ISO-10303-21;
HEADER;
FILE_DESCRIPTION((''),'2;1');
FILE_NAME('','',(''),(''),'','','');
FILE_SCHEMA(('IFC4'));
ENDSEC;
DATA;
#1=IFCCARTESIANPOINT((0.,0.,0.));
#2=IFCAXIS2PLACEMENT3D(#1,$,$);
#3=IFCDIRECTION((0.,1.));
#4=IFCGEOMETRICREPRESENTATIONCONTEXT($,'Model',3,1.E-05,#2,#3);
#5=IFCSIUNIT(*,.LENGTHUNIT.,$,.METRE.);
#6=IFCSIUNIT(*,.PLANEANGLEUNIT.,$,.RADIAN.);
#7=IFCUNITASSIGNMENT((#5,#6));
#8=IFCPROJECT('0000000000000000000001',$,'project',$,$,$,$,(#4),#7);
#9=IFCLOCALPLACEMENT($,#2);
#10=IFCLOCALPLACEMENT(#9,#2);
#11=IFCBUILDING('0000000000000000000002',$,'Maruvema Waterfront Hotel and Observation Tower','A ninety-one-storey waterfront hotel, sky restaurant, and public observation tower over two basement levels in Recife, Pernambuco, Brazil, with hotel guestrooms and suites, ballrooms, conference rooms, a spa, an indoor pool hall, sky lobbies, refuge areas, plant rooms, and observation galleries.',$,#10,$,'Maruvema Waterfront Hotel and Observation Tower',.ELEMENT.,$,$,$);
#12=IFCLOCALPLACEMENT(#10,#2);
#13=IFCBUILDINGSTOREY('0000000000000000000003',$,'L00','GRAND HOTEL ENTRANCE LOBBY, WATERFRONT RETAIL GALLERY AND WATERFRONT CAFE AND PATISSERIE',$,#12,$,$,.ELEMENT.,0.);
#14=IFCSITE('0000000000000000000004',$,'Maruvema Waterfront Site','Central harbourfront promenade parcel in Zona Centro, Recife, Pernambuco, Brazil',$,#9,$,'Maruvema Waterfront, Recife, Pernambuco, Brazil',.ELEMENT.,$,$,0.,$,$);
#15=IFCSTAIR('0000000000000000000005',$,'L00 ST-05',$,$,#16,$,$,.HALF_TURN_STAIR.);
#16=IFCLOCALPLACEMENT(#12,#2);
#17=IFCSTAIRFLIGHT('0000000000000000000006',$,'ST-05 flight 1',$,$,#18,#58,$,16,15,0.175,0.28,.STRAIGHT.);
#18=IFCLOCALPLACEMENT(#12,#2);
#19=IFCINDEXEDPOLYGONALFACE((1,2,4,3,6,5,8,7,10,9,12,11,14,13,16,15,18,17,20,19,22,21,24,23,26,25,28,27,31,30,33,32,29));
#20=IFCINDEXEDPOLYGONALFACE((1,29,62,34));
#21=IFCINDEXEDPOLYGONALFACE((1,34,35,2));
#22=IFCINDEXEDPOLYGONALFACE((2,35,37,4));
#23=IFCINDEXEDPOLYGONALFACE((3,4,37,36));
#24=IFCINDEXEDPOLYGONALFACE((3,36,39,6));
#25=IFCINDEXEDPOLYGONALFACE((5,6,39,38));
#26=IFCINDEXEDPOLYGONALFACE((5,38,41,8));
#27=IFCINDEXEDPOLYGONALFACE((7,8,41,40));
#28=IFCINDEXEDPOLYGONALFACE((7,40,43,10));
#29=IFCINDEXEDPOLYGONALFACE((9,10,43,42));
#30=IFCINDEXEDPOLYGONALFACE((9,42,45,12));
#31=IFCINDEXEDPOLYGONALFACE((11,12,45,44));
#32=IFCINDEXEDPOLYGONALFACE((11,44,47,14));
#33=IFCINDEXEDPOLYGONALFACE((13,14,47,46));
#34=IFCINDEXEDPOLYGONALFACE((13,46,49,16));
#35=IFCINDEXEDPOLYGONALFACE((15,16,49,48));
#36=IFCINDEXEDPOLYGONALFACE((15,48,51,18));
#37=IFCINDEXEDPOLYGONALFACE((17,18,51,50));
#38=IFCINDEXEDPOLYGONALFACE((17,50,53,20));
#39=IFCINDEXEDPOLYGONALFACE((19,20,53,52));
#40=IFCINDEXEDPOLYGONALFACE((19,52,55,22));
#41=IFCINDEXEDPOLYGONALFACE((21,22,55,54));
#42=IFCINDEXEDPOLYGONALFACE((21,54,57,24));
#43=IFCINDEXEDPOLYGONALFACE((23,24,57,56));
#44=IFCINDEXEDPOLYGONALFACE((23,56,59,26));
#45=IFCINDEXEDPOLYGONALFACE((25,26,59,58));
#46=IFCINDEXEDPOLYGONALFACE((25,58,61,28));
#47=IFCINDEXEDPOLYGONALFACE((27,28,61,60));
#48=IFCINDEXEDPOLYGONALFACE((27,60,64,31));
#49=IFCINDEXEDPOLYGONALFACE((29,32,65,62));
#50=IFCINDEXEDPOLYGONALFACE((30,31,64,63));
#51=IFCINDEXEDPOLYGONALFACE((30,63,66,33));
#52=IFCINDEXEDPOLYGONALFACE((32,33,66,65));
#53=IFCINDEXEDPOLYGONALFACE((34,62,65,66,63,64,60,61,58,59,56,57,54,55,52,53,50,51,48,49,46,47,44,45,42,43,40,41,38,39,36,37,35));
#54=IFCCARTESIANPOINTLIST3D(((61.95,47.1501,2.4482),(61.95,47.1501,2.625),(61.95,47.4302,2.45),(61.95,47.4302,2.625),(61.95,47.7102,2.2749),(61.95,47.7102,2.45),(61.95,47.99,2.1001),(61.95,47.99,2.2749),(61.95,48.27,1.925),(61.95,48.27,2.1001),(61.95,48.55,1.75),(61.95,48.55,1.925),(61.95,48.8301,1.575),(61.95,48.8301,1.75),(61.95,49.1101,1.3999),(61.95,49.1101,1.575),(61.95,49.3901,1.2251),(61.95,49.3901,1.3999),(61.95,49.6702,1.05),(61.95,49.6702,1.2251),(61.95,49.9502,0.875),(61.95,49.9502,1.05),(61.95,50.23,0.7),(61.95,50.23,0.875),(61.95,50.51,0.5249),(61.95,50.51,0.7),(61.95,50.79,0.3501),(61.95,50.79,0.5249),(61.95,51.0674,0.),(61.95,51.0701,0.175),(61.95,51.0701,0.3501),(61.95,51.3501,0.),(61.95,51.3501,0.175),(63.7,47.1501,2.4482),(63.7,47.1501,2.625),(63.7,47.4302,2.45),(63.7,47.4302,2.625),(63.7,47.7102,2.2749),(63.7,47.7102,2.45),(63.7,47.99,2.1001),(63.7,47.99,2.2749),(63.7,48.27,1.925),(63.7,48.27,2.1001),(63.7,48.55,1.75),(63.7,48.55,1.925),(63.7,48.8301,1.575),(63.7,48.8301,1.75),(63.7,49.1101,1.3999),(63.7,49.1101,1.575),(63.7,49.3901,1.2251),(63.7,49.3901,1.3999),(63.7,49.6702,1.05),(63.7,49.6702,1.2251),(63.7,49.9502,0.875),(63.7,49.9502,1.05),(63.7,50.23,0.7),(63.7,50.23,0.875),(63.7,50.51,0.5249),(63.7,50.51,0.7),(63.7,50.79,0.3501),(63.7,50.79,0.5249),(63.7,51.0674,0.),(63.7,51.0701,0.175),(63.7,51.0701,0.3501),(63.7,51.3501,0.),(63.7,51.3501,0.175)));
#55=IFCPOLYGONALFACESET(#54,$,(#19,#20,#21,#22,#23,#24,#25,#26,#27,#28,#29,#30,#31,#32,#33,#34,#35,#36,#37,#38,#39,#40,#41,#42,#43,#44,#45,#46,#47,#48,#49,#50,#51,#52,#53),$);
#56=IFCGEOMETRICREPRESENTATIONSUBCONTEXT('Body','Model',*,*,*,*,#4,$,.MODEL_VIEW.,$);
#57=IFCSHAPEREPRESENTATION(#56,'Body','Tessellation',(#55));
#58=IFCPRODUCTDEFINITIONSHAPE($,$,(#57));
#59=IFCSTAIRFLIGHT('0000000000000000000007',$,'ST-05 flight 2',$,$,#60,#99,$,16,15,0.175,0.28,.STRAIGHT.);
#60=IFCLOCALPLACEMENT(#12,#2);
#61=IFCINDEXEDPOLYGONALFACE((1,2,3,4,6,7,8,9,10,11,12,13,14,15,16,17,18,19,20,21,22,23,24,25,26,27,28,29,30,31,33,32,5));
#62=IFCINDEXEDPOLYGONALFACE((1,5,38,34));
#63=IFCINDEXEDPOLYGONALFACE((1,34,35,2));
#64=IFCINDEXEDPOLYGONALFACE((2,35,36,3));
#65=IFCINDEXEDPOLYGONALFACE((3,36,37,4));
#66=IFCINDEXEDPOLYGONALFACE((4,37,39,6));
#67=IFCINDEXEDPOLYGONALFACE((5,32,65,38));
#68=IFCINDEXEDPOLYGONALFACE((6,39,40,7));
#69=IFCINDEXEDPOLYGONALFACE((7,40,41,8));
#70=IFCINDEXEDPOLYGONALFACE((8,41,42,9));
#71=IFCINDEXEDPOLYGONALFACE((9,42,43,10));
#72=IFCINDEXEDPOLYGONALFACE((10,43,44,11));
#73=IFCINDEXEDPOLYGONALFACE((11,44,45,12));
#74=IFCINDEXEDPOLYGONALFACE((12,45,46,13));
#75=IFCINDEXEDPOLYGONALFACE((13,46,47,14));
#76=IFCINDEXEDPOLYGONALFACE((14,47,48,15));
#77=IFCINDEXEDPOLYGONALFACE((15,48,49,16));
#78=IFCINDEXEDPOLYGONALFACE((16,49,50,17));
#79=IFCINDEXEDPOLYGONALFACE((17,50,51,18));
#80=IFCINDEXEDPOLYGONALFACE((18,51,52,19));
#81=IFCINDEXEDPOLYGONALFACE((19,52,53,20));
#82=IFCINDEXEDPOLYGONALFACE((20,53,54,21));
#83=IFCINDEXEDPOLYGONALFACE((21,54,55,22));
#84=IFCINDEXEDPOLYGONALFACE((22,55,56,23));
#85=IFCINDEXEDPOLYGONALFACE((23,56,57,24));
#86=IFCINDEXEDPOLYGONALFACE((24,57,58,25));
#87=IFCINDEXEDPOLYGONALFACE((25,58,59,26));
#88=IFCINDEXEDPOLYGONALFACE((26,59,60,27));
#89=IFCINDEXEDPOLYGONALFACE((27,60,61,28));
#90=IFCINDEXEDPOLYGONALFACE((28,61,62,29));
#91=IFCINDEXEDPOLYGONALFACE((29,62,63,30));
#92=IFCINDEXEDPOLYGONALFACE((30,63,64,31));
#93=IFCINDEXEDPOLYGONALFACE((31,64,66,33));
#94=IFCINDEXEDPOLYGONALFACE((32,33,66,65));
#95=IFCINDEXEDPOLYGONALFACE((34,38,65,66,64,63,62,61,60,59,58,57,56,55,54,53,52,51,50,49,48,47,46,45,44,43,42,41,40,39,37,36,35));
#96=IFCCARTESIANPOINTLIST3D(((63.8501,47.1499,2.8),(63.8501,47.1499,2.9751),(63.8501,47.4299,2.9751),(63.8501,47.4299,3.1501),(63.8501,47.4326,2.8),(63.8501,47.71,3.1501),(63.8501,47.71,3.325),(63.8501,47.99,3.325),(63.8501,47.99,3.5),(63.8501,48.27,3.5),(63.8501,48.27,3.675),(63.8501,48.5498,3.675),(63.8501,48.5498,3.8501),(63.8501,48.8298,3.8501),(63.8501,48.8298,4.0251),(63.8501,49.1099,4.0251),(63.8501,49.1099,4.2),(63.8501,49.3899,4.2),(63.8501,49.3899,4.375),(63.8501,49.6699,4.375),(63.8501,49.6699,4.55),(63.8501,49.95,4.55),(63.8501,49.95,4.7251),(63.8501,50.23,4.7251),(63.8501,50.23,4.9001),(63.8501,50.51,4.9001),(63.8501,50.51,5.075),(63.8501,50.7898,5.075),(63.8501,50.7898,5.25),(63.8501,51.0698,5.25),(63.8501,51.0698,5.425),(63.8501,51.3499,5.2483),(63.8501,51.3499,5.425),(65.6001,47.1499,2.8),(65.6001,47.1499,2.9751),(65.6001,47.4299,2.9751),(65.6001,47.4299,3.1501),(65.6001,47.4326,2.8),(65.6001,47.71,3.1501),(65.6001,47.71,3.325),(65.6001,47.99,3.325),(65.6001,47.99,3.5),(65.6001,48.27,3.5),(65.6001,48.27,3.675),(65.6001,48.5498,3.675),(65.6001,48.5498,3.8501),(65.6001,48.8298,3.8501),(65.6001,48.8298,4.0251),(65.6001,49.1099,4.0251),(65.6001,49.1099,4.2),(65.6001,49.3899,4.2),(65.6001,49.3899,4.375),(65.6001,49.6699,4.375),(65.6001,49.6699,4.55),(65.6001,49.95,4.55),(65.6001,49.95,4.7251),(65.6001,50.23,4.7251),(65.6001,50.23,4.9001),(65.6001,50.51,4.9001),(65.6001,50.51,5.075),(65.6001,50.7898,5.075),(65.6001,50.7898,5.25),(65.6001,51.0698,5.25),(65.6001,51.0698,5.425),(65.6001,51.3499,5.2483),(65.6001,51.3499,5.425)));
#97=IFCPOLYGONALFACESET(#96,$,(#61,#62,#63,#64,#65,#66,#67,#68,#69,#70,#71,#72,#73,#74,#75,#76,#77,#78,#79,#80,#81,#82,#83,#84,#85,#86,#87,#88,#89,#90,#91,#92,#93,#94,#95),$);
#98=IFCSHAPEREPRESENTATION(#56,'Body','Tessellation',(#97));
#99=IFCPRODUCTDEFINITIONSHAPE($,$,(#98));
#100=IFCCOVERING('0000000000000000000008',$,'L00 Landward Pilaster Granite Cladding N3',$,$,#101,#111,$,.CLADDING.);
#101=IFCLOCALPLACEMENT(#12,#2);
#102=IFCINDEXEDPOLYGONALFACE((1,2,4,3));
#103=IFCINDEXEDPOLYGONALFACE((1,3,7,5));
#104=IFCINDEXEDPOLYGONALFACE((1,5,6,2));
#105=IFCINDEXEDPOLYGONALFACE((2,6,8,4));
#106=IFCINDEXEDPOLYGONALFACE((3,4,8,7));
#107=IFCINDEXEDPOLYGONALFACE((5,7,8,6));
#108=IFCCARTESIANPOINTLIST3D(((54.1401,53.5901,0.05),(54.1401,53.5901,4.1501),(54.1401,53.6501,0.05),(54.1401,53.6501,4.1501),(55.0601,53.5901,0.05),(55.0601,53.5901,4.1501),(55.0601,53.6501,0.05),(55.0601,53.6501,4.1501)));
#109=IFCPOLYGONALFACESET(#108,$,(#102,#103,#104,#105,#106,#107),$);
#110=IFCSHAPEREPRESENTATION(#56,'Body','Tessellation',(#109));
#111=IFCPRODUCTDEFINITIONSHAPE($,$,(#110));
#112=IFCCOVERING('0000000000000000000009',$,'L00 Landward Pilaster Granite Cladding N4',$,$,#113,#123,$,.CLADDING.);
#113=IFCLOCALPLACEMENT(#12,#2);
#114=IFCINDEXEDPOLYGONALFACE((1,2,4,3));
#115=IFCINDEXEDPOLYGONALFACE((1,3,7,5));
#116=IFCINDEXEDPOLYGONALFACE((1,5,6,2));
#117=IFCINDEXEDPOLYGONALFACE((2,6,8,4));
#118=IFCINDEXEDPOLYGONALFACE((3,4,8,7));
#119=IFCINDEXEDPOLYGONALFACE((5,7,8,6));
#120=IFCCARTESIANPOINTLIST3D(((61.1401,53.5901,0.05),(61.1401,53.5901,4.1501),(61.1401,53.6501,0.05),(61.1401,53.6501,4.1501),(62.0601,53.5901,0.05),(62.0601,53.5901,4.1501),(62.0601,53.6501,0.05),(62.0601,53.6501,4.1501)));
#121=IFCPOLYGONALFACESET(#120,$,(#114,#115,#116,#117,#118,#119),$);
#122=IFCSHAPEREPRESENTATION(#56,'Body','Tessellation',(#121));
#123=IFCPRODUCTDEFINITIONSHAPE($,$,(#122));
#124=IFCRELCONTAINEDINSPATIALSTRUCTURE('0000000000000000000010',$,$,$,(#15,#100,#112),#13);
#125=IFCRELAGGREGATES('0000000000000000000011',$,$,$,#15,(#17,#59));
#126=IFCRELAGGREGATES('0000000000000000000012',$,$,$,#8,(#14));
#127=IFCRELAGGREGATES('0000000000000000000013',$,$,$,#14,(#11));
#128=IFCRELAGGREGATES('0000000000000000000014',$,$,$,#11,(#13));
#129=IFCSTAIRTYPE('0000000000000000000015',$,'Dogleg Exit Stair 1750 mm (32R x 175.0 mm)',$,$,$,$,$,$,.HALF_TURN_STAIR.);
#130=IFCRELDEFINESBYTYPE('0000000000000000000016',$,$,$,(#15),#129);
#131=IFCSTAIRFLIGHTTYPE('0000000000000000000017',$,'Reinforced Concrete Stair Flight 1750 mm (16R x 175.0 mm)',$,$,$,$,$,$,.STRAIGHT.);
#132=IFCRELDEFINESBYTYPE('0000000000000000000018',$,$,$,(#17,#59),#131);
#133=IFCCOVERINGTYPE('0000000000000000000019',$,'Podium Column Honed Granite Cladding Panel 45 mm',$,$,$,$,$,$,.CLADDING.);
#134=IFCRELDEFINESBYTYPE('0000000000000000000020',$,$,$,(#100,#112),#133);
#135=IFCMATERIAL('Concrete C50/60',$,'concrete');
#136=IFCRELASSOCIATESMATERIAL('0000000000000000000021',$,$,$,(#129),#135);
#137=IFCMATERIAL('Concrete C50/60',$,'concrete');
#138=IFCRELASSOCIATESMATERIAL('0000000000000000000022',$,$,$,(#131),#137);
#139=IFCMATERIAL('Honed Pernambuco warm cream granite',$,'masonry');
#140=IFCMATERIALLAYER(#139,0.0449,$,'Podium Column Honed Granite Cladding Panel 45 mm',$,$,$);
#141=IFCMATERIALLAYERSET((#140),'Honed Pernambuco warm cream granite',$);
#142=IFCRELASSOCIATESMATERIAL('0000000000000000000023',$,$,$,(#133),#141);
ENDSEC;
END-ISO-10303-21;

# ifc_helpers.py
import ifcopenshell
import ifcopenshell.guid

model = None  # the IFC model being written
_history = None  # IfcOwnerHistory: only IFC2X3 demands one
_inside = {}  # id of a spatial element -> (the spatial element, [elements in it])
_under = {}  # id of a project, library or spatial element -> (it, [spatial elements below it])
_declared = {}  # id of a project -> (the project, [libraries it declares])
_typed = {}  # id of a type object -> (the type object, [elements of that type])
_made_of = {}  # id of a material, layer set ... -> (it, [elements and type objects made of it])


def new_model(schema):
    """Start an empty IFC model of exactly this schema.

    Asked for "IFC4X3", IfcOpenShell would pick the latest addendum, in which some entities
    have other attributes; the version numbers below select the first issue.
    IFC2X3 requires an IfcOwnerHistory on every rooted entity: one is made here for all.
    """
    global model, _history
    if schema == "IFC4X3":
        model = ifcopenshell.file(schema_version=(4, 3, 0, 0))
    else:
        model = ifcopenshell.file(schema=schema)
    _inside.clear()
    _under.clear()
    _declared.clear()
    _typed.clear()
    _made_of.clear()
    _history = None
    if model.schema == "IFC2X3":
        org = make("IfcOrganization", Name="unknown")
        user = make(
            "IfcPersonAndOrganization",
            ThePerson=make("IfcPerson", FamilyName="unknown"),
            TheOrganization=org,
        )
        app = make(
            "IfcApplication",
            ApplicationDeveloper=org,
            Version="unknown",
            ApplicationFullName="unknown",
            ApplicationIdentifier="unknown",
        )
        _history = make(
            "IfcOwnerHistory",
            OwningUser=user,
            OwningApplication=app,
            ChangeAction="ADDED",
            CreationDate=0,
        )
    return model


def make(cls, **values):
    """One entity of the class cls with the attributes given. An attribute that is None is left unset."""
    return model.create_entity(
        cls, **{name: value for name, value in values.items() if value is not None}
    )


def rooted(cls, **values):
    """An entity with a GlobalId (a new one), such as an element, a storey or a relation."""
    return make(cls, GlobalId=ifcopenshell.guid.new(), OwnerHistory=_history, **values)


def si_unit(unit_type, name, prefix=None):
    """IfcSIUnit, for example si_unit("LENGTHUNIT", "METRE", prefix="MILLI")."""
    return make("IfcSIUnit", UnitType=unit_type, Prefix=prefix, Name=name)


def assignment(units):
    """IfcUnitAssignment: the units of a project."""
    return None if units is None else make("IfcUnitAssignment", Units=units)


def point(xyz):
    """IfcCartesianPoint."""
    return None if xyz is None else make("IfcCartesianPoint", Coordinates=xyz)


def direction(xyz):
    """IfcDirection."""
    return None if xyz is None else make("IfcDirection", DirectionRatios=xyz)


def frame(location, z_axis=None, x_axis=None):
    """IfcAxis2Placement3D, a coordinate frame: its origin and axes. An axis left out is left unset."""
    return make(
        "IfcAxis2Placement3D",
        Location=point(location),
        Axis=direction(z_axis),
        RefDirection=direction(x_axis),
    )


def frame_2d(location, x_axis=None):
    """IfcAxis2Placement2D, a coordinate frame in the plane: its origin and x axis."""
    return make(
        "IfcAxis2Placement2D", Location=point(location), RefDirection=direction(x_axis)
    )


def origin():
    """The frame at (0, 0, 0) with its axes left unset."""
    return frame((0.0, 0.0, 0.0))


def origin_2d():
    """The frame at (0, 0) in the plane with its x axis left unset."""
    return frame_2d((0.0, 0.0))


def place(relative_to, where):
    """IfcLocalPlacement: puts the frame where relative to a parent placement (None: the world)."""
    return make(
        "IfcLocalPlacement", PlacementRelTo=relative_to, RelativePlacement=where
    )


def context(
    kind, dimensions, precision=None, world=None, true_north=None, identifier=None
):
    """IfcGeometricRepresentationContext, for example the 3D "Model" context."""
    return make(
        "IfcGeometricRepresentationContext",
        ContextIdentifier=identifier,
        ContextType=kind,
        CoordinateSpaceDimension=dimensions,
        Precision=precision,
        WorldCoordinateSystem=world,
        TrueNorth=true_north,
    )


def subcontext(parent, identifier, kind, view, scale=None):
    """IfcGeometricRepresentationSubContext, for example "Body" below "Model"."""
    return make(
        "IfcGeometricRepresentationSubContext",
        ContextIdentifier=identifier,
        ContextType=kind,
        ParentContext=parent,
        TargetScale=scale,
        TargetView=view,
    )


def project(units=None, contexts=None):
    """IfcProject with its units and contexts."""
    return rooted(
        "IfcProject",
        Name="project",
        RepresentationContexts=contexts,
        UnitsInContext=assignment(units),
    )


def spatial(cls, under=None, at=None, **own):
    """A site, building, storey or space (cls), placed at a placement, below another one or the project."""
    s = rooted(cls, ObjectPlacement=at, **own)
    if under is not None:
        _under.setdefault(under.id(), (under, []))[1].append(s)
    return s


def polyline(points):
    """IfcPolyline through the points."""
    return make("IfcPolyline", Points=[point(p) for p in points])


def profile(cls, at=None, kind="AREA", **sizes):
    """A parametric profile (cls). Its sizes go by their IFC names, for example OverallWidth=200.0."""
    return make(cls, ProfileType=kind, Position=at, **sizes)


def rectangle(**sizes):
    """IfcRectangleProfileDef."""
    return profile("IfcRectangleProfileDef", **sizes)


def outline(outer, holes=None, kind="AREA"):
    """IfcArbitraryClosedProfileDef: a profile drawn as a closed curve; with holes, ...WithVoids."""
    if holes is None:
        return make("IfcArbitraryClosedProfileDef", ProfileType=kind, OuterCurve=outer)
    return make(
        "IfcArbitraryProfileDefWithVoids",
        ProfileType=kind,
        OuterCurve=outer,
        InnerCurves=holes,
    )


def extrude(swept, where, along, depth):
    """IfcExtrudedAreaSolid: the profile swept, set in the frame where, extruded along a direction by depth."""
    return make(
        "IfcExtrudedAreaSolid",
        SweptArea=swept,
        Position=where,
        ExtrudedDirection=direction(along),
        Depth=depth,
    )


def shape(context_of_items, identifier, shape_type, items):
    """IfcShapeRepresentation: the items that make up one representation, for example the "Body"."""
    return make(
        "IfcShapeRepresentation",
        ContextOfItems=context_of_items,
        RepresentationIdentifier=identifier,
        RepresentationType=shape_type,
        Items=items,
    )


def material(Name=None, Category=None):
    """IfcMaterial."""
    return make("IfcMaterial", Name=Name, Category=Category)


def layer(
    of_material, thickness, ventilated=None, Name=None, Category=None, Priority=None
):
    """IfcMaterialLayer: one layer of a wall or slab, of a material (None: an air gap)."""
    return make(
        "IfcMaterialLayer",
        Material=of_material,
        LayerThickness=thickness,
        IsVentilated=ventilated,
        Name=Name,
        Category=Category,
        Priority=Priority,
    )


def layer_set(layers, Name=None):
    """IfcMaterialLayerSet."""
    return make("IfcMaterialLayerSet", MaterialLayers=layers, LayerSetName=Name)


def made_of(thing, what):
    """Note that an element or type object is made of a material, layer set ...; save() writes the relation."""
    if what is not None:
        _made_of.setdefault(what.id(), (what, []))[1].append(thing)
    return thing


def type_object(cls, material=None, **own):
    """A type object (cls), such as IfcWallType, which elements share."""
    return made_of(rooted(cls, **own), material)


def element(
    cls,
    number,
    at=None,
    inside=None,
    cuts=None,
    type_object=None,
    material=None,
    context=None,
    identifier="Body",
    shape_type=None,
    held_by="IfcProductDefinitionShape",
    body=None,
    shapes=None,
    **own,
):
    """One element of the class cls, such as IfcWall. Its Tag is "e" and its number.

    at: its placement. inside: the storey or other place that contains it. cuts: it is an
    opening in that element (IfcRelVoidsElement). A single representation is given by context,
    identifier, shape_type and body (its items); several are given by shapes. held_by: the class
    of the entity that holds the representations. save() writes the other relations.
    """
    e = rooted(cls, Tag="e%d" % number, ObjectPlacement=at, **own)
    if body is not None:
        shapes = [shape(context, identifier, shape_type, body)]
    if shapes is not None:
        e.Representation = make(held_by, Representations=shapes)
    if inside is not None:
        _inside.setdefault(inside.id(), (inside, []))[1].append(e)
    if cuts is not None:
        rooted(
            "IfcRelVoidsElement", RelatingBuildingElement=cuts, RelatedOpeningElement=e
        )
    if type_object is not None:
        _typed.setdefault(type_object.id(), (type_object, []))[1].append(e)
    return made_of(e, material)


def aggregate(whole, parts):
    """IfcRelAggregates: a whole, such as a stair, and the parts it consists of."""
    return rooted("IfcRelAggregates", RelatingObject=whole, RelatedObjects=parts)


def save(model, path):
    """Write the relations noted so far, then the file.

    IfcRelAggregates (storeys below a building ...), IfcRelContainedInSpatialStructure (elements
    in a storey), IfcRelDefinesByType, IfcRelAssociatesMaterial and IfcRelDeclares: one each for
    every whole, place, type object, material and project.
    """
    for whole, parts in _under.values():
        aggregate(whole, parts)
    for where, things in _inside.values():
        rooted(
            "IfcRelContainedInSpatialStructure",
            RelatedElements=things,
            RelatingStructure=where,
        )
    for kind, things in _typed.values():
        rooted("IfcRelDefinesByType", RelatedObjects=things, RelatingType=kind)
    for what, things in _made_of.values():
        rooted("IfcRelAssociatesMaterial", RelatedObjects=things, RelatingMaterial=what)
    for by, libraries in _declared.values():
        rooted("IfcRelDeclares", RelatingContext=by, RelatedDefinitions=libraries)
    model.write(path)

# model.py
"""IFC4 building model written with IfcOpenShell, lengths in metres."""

from ifc_helpers import new_model, si_unit, direction, frame, origin, origin_2d, place, context, subcontext, project, spatial, polyline, rectangle, outline, extrude, material, layer, layer_set, type_object, element, aggregate, save


model = new_model("IFC4")

# Units and contexts
model_context = context("Model", 3, precision=1e-05, world=origin(), true_north=direction((0.0, 1.0)))
body_context = subcontext(model_context, "Body", "Model", "MODEL_VIEW")
ifc_project = project(units=[si_unit("LENGTHUNIT", "METRE"), si_unit("PLANEANGLEUNIT", "RADIAN")], contexts=[model_context])

# Site, building, storey
site_placement = place(None, origin())
site = spatial("IfcSite", under=ifc_project, at=site_placement, Name="Maruvema Waterfront Site", Description="Central harbourfront promenade parcel in Zona Centro, Recife, Pernambuco, Brazil", LongName="Maruvema Waterfront, Recife, Pernambuco, Brazil", CompositionType="ELEMENT", RefElevation=0.0)
building_placement = place(site_placement, origin())
building = spatial("IfcBuilding", under=site, at=building_placement, Name="Maruvema Waterfront Hotel and Observation Tower", Description="A ninety-one-storey waterfront hotel, sky restaurant, and public observation tower over two basement levels in Recife, Pernambuco, Brazil, with hotel guestrooms and suites, ballrooms, conference rooms, a spa, an indoor pool hall, sky lobbies, refuge areas, plant rooms, and observation galleries.", LongName="Maruvema Waterfront Hotel and Observation Tower", CompositionType="ELEMENT")
storey_placement = place(building_placement, origin())
storey = spatial("IfcBuildingStorey", under=building, at=storey_placement, Name="L00", Description="GRAND HOTEL ENTRANCE LOBBY, WATERFRONT RETAIL GALLERY AND WATERFRONT CAFE AND PATISSERIE", CompositionType="ELEMENT", Elevation=0.0)

# Stair, stair flights
ifc_material_1 = material(Name="Concrete C50/60", Category="concrete")
stair_type = type_object("IfcStairType", Name="Dogleg Exit Stair 1750 mm (32R x 175.0 mm)", PredefinedType="HALF_TURN_STAIR", material=ifc_material_1)
stair_placement = place(storey_placement, origin())
stair = element("IfcStair", 1, at=stair_placement, inside=storey, type_object=stair_type, Name="L00 ST-05", PredefinedType="HALF_TURN_STAIR")
ifc_material_2 = material(Name="Concrete C50/60", Category="concrete")
stair_flight_type = type_object("IfcStairFlightType", Name="Reinforced Concrete Stair Flight 1750 mm (16R x 175.0 mm)", PredefinedType="STRAIGHT", material=ifc_material_2)
stair_flight_1_placement = place(storey_placement, frame((62.825, 51.3501, 0.0), z_axis=(0.0, 0.0, 1.0), x_axis=(0.0, -1.0, 0.0)))
stair_flight_1 = element("IfcStairFlight", 2, at=stair_flight_1_placement, type_object=stair_flight_type, Name="ST-05 flight 1", NumberOfRisers=16, NumberOfTreads=15, PredefinedType="STRAIGHT", RiserHeight=0.175, TreadLength=0.28, context=body_context, shape_type="SweptSolid", body=[
    extrude(outline(polyline([(0.0, 0.0), (0.0, 0.175), (0.28, 0.175), (0.28, 0.3501), (0.5601, 0.3501), (0.5601, 0.5249), (0.8401, 0.5249), (0.8401, 0.7), (1.1201, 0.7), (1.1201, 0.875), (1.3999, 0.875), (1.3999, 1.05), (1.6799, 1.05), (1.6799, 1.2251), (1.96, 1.2251), (1.96, 1.3999), (2.24, 1.3999), (2.24, 1.575), (2.52, 1.575), (2.52, 1.75), (2.8, 1.75), (2.8, 1.925), (3.0801, 1.925), (3.0801, 2.1001), (3.3601, 2.1001), (3.3601, 2.2749), (3.6399, 2.2749), (3.6399, 2.45), (3.9199, 2.45), (3.9199, 2.625), (4.2, 2.625), (4.2, 2.8), (4.2, 2.4482), (0.2827, 0.0), (0.0, 0.0)])), frame((0.0, 0.875, 0.0), z_axis=(0.0, -1.0, 0.0), x_axis=(1.0, 0.0, 0.0)), (0.0, 0.0, 1.0), 1.75),
])
stair_flight_2_placement = place(storey_placement, frame((64.7251, 47.1499, 2.8), z_axis=(0.0, 0.0, 1.0), x_axis=(0.0, 1.0, 0.0)))
stair_flight_2 = element("IfcStairFlight", 3, at=stair_flight_2_placement, type_object=stair_flight_type, Name="ST-05 flight 2", NumberOfRisers=16, NumberOfTreads=15, PredefinedType="STRAIGHT", RiserHeight=0.175, TreadLength=0.28, context=body_context, shape_type="SweptSolid", body=[
    extrude(outline(polyline([(0.0, 0.0), (0.0, 0.175), (0.28, 0.175), (0.28, 0.3501), (0.5601, 0.3501), (0.5601, 0.5249), (0.8401, 0.5249), (0.8401, 0.7), (1.1201, 0.7), (1.1201, 0.875), (1.3999, 0.875), (1.3999, 1.05), (1.6799, 1.05), (1.6799, 1.2251), (1.96, 1.2251), (1.96, 1.3999), (2.24, 1.3999), (2.24, 1.575), (2.52, 1.575), (2.52, 1.75), (2.8, 1.75), (2.8, 1.925), (3.0801, 1.925), (3.0801, 2.1001), (3.3601, 2.1001), (3.3601, 2.2749), (3.6399, 2.2749), (3.6399, 2.45), (3.9199, 2.45), (3.9199, 2.625), (4.2, 2.625), (4.2, 2.8), (4.2, 2.4482), (0.2827, 0.0), (0.0, 0.0)])), frame((0.0, 0.875, 0.0), z_axis=(0.0, -1.0, 0.0), x_axis=(1.0, 0.0, 0.0)), (0.0, 0.0, 1.0), 1.75),
])
aggregate(stair, [stair_flight_1, stair_flight_2])

# Coverings
ifc_material_3 = material(Name="Honed Pernambuco warm cream granite", Category="masonry")
ifc_layer_1 = layer(ifc_material_3, 0.0449, Name="Podium Column Honed Granite Cladding Panel 45 mm")
ifc_layer_set_1 = layer_set([ifc_layer_1], Name="Honed Pernambuco warm cream granite")
covering_type = type_object("IfcCoveringType", Name="Podium Column Honed Granite Cladding Panel 45 mm", PredefinedType="CLADDING", material=ifc_layer_set_1)
for number, where, z_axis, x_axis, name in (
    (4, (54.6001, 53.6201, 0.05), (0.0, 0.0, 1.0), (1.0, 0.0, 0.0), "L00 Landward Pilaster Granite Cladding N3"),
    (5, (61.6001, 53.6201, 0.05), (0.0, 0.0, 1.0), (1.0, 0.0, 0.0), "L00 Landward Pilaster Granite Cladding N4"),
):
    element("IfcCovering", number, at=place(storey_placement, frame(where, z_axis=z_axis, x_axis=x_axis)), inside=storey, type_object=covering_type, Name=name, PredefinedType="CLADDING", context=body_context, shape_type="SweptSolid", body=[
        extrude(rectangle(XDim=0.9199, YDim=0.0601, at=origin_2d()), origin(), (0.0, 0.0, 1.0), 4.1001),
    ])

save(model, "model.ifc")
